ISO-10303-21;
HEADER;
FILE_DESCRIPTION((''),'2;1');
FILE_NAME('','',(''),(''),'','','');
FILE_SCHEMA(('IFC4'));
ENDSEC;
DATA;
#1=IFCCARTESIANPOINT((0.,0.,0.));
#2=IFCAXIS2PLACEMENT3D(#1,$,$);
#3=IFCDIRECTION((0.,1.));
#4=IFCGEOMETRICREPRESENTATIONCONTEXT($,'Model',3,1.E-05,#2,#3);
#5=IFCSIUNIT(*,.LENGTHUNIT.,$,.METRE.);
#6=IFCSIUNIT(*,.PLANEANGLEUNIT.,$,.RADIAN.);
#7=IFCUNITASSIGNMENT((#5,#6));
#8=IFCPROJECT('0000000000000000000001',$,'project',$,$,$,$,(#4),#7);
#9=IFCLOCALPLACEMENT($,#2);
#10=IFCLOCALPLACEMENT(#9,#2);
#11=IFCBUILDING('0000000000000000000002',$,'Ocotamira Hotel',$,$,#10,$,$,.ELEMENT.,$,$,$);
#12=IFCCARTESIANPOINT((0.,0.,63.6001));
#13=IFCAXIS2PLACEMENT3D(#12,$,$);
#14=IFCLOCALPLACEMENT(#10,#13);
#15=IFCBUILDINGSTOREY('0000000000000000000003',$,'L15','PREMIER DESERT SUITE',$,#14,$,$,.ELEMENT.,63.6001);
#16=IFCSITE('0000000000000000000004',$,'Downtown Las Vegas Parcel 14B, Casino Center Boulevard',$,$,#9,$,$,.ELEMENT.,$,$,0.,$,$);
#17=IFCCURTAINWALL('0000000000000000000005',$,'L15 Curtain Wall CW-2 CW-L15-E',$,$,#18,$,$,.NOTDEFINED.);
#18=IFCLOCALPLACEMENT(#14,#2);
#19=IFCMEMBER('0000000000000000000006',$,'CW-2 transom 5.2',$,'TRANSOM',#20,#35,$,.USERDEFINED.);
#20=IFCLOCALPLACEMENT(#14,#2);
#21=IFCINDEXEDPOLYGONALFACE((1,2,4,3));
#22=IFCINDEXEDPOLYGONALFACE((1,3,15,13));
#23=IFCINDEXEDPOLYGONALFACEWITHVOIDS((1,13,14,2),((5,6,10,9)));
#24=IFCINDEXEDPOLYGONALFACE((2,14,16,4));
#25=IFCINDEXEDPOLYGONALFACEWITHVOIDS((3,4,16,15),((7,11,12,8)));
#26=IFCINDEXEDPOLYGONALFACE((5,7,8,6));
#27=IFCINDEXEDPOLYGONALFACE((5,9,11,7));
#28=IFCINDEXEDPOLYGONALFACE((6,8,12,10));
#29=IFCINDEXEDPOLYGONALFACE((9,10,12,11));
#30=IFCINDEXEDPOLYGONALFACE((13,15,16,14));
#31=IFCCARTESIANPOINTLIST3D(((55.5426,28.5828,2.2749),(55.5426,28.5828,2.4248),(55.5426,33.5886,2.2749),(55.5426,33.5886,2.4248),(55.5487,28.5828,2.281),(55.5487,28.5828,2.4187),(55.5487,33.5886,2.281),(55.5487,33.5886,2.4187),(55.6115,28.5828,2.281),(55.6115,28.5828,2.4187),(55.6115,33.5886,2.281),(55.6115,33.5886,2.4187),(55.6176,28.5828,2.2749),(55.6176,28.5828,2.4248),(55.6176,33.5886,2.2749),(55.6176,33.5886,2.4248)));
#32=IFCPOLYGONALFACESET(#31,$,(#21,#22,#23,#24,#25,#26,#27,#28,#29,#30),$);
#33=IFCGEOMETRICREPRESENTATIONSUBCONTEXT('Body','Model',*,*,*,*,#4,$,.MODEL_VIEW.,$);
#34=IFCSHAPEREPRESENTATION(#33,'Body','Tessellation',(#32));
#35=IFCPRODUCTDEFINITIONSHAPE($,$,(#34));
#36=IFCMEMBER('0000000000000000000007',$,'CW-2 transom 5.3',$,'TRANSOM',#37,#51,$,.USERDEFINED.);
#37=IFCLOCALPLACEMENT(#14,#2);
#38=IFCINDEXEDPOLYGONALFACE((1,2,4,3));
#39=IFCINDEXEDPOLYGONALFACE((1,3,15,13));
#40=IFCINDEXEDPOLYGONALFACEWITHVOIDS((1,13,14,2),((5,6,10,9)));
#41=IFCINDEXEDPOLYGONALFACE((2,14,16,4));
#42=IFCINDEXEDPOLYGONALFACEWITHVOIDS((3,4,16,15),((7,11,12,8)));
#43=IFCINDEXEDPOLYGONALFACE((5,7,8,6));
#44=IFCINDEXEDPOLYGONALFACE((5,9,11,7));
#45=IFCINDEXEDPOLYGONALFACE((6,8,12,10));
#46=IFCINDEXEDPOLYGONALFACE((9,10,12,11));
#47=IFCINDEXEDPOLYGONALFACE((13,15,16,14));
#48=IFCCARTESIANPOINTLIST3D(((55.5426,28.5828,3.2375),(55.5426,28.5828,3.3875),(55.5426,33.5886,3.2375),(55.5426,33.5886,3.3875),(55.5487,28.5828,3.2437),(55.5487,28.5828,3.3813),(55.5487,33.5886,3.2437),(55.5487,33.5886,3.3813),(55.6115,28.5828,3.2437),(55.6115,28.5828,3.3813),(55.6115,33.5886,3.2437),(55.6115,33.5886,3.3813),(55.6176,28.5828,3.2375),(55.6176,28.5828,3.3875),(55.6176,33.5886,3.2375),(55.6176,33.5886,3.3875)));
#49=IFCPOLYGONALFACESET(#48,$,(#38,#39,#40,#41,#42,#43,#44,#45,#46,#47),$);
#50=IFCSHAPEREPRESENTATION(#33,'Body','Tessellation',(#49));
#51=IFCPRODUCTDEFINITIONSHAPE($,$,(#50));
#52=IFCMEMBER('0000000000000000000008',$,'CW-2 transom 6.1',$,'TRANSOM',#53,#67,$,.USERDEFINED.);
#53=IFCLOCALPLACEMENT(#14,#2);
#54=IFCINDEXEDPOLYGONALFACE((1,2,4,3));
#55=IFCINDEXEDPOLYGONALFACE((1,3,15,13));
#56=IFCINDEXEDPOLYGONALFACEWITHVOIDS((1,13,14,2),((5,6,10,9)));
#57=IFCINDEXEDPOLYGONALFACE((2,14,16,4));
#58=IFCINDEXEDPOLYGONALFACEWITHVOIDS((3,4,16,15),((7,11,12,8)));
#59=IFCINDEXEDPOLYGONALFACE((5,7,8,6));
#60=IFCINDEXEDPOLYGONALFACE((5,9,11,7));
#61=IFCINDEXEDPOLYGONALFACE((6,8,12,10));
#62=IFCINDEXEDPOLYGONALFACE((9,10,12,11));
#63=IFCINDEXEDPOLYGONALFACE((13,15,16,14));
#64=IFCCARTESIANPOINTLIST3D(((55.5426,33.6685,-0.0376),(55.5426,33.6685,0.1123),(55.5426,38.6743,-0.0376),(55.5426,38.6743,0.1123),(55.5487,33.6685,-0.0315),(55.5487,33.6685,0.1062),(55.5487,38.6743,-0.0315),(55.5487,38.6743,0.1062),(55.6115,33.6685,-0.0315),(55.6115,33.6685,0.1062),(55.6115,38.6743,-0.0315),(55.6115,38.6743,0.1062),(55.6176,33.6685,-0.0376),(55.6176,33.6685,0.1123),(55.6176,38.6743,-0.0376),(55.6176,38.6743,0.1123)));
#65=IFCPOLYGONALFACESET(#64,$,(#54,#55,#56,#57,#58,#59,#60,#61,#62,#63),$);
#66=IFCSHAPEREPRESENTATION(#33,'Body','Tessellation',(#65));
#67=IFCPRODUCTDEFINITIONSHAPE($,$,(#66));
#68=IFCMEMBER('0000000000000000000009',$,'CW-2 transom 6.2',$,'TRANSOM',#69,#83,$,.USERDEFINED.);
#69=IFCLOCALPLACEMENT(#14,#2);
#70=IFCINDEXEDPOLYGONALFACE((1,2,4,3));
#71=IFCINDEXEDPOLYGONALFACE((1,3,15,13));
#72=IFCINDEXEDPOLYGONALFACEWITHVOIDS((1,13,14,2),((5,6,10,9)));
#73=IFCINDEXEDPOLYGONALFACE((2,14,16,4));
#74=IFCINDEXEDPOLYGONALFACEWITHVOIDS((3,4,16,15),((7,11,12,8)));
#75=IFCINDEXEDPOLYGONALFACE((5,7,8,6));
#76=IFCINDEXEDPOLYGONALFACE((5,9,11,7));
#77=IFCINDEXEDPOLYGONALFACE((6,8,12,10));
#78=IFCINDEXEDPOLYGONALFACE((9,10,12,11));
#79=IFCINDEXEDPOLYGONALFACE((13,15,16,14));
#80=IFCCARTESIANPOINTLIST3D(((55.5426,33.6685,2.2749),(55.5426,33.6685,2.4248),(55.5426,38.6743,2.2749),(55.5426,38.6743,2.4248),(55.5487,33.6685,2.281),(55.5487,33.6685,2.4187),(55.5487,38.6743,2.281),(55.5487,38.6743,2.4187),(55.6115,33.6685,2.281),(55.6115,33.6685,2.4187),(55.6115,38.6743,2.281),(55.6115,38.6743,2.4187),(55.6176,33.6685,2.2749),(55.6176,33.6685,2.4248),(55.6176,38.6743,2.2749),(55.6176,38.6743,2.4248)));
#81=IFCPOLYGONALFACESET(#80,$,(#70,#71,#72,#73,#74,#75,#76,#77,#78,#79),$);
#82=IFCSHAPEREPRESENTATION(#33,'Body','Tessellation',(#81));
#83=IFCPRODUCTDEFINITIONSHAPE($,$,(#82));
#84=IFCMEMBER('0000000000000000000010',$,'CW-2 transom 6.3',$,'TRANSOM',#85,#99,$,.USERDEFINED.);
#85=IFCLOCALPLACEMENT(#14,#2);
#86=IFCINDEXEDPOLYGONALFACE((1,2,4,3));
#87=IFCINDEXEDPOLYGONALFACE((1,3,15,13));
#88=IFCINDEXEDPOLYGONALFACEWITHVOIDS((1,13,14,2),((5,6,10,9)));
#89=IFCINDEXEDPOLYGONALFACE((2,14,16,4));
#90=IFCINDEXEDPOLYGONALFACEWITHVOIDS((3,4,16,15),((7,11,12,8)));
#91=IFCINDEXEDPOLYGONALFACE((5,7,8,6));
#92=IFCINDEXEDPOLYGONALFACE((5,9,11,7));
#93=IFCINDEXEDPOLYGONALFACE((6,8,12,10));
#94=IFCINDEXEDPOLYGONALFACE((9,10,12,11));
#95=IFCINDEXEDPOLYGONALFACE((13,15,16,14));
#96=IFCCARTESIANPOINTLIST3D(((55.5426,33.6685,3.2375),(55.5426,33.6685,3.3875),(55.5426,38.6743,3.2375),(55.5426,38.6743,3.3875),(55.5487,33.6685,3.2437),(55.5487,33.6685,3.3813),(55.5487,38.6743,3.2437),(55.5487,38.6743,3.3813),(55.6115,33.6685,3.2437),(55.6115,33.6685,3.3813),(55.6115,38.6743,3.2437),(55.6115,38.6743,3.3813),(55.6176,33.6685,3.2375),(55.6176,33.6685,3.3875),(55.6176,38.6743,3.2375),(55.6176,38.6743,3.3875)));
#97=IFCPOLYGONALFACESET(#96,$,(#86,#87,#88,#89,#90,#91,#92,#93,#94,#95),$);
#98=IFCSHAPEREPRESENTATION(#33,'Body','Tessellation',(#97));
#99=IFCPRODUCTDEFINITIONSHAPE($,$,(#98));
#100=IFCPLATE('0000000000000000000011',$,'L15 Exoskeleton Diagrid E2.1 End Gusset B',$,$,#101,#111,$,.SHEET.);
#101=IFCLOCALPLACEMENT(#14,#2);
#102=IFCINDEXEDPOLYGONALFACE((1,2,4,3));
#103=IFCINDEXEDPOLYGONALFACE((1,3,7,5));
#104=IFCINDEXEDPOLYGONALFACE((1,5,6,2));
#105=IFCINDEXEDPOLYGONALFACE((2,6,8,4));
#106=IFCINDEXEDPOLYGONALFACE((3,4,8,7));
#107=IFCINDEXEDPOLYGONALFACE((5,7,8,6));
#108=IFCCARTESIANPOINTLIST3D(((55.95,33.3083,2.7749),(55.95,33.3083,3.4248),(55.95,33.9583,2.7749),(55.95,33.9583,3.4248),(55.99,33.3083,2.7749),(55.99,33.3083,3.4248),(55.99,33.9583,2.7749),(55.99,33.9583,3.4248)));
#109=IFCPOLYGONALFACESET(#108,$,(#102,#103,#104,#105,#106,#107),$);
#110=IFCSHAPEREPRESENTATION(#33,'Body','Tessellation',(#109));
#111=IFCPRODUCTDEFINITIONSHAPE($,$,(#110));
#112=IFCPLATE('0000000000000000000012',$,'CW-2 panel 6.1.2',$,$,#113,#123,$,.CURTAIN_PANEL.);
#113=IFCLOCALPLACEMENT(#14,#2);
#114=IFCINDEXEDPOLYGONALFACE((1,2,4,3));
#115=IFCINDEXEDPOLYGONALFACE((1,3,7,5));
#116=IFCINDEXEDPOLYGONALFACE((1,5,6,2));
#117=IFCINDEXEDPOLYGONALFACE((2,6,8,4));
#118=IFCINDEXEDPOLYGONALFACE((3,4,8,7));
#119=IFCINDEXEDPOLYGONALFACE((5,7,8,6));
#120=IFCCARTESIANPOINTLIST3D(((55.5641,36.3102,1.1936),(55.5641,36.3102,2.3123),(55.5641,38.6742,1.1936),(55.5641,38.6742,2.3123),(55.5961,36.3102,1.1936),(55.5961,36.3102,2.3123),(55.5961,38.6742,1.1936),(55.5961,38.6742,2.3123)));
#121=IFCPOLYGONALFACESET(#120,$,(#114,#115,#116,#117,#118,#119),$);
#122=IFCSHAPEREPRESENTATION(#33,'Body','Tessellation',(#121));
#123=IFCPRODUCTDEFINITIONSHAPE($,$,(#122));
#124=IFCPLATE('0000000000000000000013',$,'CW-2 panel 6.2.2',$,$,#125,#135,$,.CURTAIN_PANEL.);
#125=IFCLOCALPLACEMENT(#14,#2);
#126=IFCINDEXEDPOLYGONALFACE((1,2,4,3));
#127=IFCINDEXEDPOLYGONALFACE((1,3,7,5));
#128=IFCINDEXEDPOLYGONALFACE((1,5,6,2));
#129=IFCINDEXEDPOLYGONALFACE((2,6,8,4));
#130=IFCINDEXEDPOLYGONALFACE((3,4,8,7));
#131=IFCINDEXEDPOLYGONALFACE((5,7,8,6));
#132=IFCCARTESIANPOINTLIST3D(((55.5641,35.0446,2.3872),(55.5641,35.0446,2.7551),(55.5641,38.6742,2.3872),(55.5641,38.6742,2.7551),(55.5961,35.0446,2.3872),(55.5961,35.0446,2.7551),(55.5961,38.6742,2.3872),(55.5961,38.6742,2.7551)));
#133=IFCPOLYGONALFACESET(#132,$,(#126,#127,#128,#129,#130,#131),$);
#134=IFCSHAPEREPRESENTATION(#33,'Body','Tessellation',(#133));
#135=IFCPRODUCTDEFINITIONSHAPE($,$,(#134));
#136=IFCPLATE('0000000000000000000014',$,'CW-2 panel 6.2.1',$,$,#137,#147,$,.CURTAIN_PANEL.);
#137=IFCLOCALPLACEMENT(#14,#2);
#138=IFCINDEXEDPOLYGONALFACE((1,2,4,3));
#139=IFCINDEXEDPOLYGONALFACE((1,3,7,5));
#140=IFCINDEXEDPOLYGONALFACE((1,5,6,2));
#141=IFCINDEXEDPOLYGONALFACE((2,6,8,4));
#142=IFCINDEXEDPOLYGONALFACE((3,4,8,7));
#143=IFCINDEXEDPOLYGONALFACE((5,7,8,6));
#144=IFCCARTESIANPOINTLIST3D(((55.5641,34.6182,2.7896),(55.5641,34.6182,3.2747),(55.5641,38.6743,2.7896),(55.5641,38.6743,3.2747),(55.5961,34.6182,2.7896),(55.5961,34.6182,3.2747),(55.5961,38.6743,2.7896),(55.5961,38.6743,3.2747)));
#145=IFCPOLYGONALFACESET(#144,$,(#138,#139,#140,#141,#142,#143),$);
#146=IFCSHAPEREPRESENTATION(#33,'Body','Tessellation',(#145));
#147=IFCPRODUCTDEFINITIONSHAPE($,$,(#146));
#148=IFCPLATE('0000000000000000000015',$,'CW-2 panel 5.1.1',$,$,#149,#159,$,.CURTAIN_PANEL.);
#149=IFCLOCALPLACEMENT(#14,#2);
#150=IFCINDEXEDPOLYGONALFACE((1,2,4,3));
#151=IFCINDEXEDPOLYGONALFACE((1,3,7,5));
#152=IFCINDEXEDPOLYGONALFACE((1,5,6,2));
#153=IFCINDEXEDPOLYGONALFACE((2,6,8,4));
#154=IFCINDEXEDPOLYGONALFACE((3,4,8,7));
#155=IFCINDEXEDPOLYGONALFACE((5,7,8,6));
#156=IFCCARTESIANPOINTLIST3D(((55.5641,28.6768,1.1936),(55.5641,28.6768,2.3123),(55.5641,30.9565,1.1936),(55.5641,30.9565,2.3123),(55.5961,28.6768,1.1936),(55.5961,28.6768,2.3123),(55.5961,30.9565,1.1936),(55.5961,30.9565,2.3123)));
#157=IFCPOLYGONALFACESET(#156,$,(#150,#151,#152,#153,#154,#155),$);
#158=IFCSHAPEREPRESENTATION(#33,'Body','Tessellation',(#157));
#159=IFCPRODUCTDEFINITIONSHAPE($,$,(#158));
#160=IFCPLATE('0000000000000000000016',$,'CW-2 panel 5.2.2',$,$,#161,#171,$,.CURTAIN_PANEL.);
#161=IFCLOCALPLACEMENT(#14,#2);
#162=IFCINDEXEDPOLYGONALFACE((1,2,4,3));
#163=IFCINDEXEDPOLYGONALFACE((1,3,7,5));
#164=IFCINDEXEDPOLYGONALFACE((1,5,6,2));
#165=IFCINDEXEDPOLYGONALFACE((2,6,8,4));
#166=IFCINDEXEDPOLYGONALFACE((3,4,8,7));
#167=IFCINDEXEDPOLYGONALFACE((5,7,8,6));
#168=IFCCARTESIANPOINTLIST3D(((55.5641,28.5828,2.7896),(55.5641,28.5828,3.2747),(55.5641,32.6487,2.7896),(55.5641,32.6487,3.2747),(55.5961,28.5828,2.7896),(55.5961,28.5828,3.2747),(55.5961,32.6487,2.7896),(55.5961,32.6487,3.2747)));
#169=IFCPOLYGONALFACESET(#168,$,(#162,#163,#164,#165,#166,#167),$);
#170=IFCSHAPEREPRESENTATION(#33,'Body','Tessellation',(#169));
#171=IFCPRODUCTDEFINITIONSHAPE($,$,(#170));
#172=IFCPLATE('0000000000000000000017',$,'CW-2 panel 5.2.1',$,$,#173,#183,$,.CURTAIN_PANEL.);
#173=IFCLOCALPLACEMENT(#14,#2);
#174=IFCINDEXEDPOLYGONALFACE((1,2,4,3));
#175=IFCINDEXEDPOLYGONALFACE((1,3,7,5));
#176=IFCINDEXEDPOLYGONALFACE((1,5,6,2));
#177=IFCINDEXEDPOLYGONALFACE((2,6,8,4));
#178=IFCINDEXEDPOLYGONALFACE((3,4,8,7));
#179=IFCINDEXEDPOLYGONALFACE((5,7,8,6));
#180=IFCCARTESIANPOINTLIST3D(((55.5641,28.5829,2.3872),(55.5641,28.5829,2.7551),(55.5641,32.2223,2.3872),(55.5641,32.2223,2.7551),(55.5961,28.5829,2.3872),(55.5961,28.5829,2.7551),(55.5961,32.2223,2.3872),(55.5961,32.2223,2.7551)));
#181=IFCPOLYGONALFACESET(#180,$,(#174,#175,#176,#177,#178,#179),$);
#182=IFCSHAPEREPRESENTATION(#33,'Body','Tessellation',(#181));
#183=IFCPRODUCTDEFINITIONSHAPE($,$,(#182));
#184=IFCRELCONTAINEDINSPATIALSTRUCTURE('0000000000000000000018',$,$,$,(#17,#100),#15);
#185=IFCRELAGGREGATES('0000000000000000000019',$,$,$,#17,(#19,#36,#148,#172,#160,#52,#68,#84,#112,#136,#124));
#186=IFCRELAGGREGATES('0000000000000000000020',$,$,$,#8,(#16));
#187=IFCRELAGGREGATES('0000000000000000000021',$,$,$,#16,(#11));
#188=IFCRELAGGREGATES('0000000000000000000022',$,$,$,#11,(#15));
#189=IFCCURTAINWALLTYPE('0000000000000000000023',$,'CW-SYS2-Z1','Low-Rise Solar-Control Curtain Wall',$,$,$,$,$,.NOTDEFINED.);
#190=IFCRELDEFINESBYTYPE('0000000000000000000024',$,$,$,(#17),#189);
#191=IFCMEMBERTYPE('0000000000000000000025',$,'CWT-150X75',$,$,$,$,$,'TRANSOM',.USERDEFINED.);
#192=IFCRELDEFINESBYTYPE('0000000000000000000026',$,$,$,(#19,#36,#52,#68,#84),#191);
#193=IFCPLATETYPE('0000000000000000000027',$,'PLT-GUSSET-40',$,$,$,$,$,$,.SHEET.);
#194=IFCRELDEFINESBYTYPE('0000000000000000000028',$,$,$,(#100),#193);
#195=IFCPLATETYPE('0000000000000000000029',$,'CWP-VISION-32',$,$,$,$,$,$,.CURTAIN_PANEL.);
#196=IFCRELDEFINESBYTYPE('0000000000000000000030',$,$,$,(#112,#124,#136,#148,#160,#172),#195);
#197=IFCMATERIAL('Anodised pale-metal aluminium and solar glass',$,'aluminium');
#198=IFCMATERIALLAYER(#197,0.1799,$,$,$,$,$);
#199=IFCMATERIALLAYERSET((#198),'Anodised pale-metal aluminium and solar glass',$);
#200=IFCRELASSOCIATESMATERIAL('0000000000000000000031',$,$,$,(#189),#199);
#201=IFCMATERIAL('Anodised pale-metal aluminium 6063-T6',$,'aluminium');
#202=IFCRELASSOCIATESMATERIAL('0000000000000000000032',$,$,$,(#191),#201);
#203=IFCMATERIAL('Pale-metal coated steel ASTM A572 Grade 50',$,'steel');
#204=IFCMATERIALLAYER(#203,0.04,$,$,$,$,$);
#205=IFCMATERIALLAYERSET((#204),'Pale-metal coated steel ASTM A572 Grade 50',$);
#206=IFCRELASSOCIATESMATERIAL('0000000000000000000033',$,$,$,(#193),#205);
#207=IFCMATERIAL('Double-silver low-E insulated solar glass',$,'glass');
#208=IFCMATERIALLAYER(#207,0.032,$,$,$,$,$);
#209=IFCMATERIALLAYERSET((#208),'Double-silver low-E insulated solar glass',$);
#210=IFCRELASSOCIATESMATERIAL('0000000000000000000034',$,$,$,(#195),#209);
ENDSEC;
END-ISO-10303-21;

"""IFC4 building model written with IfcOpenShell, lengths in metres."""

from ifc_helpers import new_model, si_unit, direction, frame, origin, origin_2d, place, context, subcontext, project, spatial, rectangle, hollow_rectangle, extrude, source, transform, mapped, material, layer, layer_set, material_profile, profile_set, type_object, element, aggregate, save


model = new_model("IFC4")

# Units and contexts
model_context = context("Model", 3, precision=1e-05, world=origin(), true_north=direction((0.0, 1.0)))
body_context = subcontext(model_context, "Body", "Model", "MODEL_VIEW")
ifc_project = project(units=[si_unit("LENGTHUNIT", "METRE"), si_unit("PLANEANGLEUNIT", "RADIAN")], contexts=[model_context])

# Site, building, storey
site_placement = place(None, origin())
site = spatial("IfcSite", under=ifc_project, at=site_placement, Name="Downtown Las Vegas Parcel 14B, Casino Center Boulevard", CompositionType="ELEMENT", RefElevation=0.0)
building_placement = place(site_placement, origin())
building = spatial("IfcBuilding", under=site, at=building_placement, Name="Ocotamira Hotel", CompositionType="ELEMENT")
storey_placement = place(building_placement, frame((0.0, 0.0, 63.6001)))
storey = spatial("IfcBuildingStorey", under=building, at=storey_placement, Name="L15", Description="PREMIER DESERT SUITE", CompositionType="ELEMENT", Elevation=63.6001)

# Curtain wall, members
ifc_material_1 = material(Name="Anodised pale-metal aluminium and solar glass", Category="aluminium")
ifc_layer_1 = layer(ifc_material_1, 0.1799)
ifc_layer_set_1 = layer_set([ifc_layer_1], Name="Anodised pale-metal aluminium and solar glass")
curtain_wall_type = type_object("IfcCurtainWallType", Name="CW-SYS2-Z1", Description="Low-Rise Solar-Control Curtain Wall", PredefinedType="NOTDEFINED", material=ifc_layer_set_1)
curtain_wall_placement = place(storey_placement, origin())
curtain_wall = element("IfcCurtainWall", 1, at=curtain_wall_placement, inside=storey, type_object=curtain_wall_type, Name="L15 Curtain Wall CW-2 CW-L15-E", PredefinedType="NOTDEFINED")
ifc_material_2 = material(Name="Anodised pale-metal aluminium 6063-T6", Category="aluminium")
ifc_material_profile_1 = material_profile(ifc_material_2, hollow_rectangle(XDim=0.075, YDim=0.1499, WallThickness=0.0061, at=origin_2d()), Name="HSS150X75X6")
ifc_profile_set_1 = profile_set([ifc_material_profile_1], Name="Anodised pale-metal aluminium 6063-T6")
member_type_1 = type_object("IfcMemberType", Name="CWT-150X75", ElementType="TRANSOM", PredefinedType="USERDEFINED", material=ifc_profile_set_1)
shared_shape_1 = source(origin(), body_context, "Body", "SweptSolid", [
    extrude(hollow_rectangle(XDim=0.075, YDim=0.1499, WallThickness=0.0061, at=origin_2d()), origin(), (0.0, 0.0, 1.0), 5.0059),
])
member_1_placement = place(storey_placement, frame((55.5801, 28.5828, 2.3499), z_axis=(0.0, 1.0, 0.0), x_axis=(-1.0, 0.0, 0.0)))
member_1 = element("IfcMember", 2, at=member_1_placement, type_object=member_type_1, Name="CW-2 transom 5.2", ObjectType="TRANSOM", PredefinedType="USERDEFINED", context=body_context, shape_type="MappedRepresentation", body=[
    mapped(shared_shape_1, transform((0.0, 0.0, 0.0), scale=1.0)),
])
member_2_placement = place(storey_placement, frame((55.5801, 28.5828, 3.3125), z_axis=(0.0, 1.0, 0.0), x_axis=(-1.0, 0.0, 0.0)))
member_2 = element("IfcMember", 3, at=member_2_placement, type_object=member_type_1, Name="CW-2 transom 5.3", ObjectType="TRANSOM", PredefinedType="USERDEFINED", context=body_context, shape_type="MappedRepresentation", body=[
    mapped(shared_shape_1, transform((0.0, 0.0, 0.0), scale=1.0)),
])
member_3_placement = place(storey_placement, frame((55.5801, 33.6685, 0.0374), z_axis=(0.0, 1.0, 0.0), x_axis=(-1.0, 0.0, 0.0)))
member_3 = element("IfcMember", 4, at=member_3_placement, type_object=member_type_1, Name="CW-2 transom 6.1", ObjectType="TRANSOM", PredefinedType="USERDEFINED", context=body_context, shape_type="MappedRepresentation", body=[
    mapped(shared_shape_1, transform((0.0, 0.0, 0.0), scale=1.0)),
])
member_4_placement = place(storey_placement, frame((55.5801, 33.6685, 2.3499), z_axis=(0.0, 1.0, 0.0), x_axis=(-1.0, 0.0, 0.0)))
member_4 = element("IfcMember", 5, at=member_4_placement, type_object=member_type_1, Name="CW-2 transom 6.2", ObjectType="TRANSOM", PredefinedType="USERDEFINED", context=body_context, shape_type="MappedRepresentation", body=[
    mapped(shared_shape_1, transform((0.0, 0.0, 0.0), scale=1.0)),
])
member_5_placement = place(storey_placement, frame((55.5801, 33.6685, 3.3125), z_axis=(0.0, 1.0, 0.0), x_axis=(-1.0, 0.0, 0.0)))
member_5 = element("IfcMember", 6, at=member_5_placement, type_object=member_type_1, Name="CW-2 transom 6.3", ObjectType="TRANSOM", PredefinedType="USERDEFINED", context=body_context, shape_type="MappedRepresentation", body=[
    mapped(shared_shape_1, transform((0.0, 0.0, 0.0), scale=1.0)),
])

# Plates
ifc_material_3 = material(Name="Pale-metal coated steel ASTM A572 Grade 50", Category="steel")
ifc_layer_2 = layer(ifc_material_3, 0.04)
ifc_layer_set_2 = layer_set([ifc_layer_2], Name="Pale-metal coated steel ASTM A572 Grade 50")
plate_type_1 = type_object("IfcPlateType", Name="PLT-GUSSET-40", PredefinedType="SHEET", material=ifc_layer_set_2)
shared_shape_2 = source(origin(), body_context, "Body", "SweptSolid", [
    extrude(rectangle(XDim=0.04, YDim=0.6499, at=origin_2d()), origin(), (0.0, 0.0, 1.0), 0.6499),
])
plate_1_placement = place(storey_placement, frame((55.97, 33.6333, 2.7749), z_axis=(0.0, 0.0, 1.0), x_axis=(1.0, 0.0, 0.0)))
element("IfcPlate", 7, at=plate_1_placement, inside=storey, type_object=plate_type_1, Name="L15 Exoskeleton Diagrid E2.1 End Gusset B", PredefinedType="SHEET", context=body_context, shape_type="MappedRepresentation", body=[
    mapped(shared_shape_2, transform((0.0, 0.0, 0.0), scale=1.0)),
])
ifc_material_4 = material(Name="Double-silver low-E insulated solar glass", Category="glass")
ifc_layer_3 = layer(ifc_material_4, 0.032)
ifc_layer_set_3 = layer_set([ifc_layer_3], Name="Double-silver low-E insulated solar glass")
plate_type_2 = type_object("IfcPlateType", Name="CWP-VISION-32", PredefinedType="CURTAIN_PANEL", material=ifc_layer_set_3)
shared_shape_3 = source(origin(), body_context, "Body", "SweptSolid", [
    extrude(rectangle(XDim=2.364, YDim=0.032, at=origin_2d()), origin(), (0.0, 0.0, 1.0), 1.1187),
])
plate_2_placement = place(storey_placement, frame((55.5801, 37.4922, 1.1936), z_axis=(0.0, 0.0, 1.0), x_axis=(0.0, 1.0, 0.0)))
plate_2 = element("IfcPlate", 8, at=plate_2_placement, type_object=plate_type_2, Name="CW-2 panel 6.1.2", PredefinedType="CURTAIN_PANEL", context=body_context, shape_type="MappedRepresentation", body=[
    mapped(shared_shape_3, transform((0.0, 0.0, 0.0), scale=1.0)),
])
shared_shape_4 = source(origin(), body_context, "Body", "SweptSolid", [
    extrude(rectangle(XDim=3.6296, YDim=0.032, at=origin_2d()), origin(), (0.0, 0.0, 1.0), 0.3679),
])
plate_3_placement = place(storey_placement, frame((55.5801, 36.8594, 2.3872), z_axis=(0.0, 0.0, 1.0), x_axis=(0.0, 1.0, 0.0)))
plate_3 = element("IfcPlate", 9, at=plate_3_placement, type_object=plate_type_2, Name="CW-2 panel 6.2.2", PredefinedType="CURTAIN_PANEL", context=body_context, shape_type="MappedRepresentation", body=[
    mapped(shared_shape_4, transform((0.0, 0.0, 0.0), scale=1.0)),
])
shared_shape_5 = source(origin(), body_context, "Body", "SweptSolid", [
    extrude(rectangle(XDim=4.0562, YDim=0.032, at=origin_2d()), origin(), (0.0, 0.0, 1.0), 0.4851),
])
plate_4_placement = place(storey_placement, frame((55.5801, 36.6462, 2.7896), z_axis=(0.0, 0.0, 1.0), x_axis=(0.0, 1.0, 0.0)))
plate_4 = element("IfcPlate", 10, at=plate_4_placement, type_object=plate_type_2, Name="CW-2 panel 6.2.1", PredefinedType="CURTAIN_PANEL", context=body_context, shape_type="MappedRepresentation", body=[
    mapped(shared_shape_5, transform((0.0, 0.0, 0.0), scale=1.0)),
])
shared_shape_6 = source(origin(), body_context, "Body", "SweptSolid", [
    extrude(rectangle(XDim=2.2798, YDim=0.032, at=origin_2d()), origin(), (0.0, 0.0, 1.0), 1.1187),
])
plate_5_placement = place(storey_placement, frame((55.5801, 29.8167, 1.1936), z_axis=(0.0, 0.0, 1.0), x_axis=(0.0, 1.0, 0.0)))
plate_5 = element("IfcPlate", 11, at=plate_5_placement, type_object=plate_type_2, Name="CW-2 panel 5.1.1", PredefinedType="CURTAIN_PANEL", context=body_context, shape_type="MappedRepresentation", body=[
    mapped(shared_shape_6, transform((0.0, 0.0, 0.0), scale=1.0)),
])
shared_shape_7 = source(origin(), body_context, "Body", "SweptSolid", [
    extrude(rectangle(XDim=4.0659, YDim=0.032, at=origin_2d()), origin(), (0.0, 0.0, 1.0), 0.4851),
])
plate_6_placement = place(storey_placement, frame((55.5801, 30.6157, 2.7896), z_axis=(0.0, 0.0, 1.0), x_axis=(0.0, 1.0, 0.0)))
plate_6 = element("IfcPlate", 12, at=plate_6_placement, type_object=plate_type_2, Name="CW-2 panel 5.2.2", PredefinedType="CURTAIN_PANEL", context=body_context, shape_type="MappedRepresentation", body=[
    mapped(shared_shape_7, transform((0.0, 0.0, 0.0), scale=1.0)),
])
shared_shape_8 = source(origin(), body_context, "Body", "SweptSolid", [
    extrude(rectangle(XDim=3.6394, YDim=0.032, at=origin_2d()), origin(), (0.0, 0.0, 1.0), 0.3679),
])
plate_7_placement = place(storey_placement, frame((55.5801, 30.4026, 2.3872), z_axis=(0.0, 0.0, 1.0), x_axis=(0.0, 1.0, 0.0)))
plate_7 = element("IfcPlate", 13, at=plate_7_placement, type_object=plate_type_2, Name="CW-2 panel 5.2.1", PredefinedType="CURTAIN_PANEL", context=body_context, shape_type="MappedRepresentation", body=[
    mapped(shared_shape_8, transform((0.0, 0.0, 0.0), scale=1.0)),
])
aggregate(curtain_wall, [member_1, member_2, plate_5, plate_7, plate_6, member_3, member_4, member_5, plate_2, plate_4, plate_3])

save(model, "model.ifc")
